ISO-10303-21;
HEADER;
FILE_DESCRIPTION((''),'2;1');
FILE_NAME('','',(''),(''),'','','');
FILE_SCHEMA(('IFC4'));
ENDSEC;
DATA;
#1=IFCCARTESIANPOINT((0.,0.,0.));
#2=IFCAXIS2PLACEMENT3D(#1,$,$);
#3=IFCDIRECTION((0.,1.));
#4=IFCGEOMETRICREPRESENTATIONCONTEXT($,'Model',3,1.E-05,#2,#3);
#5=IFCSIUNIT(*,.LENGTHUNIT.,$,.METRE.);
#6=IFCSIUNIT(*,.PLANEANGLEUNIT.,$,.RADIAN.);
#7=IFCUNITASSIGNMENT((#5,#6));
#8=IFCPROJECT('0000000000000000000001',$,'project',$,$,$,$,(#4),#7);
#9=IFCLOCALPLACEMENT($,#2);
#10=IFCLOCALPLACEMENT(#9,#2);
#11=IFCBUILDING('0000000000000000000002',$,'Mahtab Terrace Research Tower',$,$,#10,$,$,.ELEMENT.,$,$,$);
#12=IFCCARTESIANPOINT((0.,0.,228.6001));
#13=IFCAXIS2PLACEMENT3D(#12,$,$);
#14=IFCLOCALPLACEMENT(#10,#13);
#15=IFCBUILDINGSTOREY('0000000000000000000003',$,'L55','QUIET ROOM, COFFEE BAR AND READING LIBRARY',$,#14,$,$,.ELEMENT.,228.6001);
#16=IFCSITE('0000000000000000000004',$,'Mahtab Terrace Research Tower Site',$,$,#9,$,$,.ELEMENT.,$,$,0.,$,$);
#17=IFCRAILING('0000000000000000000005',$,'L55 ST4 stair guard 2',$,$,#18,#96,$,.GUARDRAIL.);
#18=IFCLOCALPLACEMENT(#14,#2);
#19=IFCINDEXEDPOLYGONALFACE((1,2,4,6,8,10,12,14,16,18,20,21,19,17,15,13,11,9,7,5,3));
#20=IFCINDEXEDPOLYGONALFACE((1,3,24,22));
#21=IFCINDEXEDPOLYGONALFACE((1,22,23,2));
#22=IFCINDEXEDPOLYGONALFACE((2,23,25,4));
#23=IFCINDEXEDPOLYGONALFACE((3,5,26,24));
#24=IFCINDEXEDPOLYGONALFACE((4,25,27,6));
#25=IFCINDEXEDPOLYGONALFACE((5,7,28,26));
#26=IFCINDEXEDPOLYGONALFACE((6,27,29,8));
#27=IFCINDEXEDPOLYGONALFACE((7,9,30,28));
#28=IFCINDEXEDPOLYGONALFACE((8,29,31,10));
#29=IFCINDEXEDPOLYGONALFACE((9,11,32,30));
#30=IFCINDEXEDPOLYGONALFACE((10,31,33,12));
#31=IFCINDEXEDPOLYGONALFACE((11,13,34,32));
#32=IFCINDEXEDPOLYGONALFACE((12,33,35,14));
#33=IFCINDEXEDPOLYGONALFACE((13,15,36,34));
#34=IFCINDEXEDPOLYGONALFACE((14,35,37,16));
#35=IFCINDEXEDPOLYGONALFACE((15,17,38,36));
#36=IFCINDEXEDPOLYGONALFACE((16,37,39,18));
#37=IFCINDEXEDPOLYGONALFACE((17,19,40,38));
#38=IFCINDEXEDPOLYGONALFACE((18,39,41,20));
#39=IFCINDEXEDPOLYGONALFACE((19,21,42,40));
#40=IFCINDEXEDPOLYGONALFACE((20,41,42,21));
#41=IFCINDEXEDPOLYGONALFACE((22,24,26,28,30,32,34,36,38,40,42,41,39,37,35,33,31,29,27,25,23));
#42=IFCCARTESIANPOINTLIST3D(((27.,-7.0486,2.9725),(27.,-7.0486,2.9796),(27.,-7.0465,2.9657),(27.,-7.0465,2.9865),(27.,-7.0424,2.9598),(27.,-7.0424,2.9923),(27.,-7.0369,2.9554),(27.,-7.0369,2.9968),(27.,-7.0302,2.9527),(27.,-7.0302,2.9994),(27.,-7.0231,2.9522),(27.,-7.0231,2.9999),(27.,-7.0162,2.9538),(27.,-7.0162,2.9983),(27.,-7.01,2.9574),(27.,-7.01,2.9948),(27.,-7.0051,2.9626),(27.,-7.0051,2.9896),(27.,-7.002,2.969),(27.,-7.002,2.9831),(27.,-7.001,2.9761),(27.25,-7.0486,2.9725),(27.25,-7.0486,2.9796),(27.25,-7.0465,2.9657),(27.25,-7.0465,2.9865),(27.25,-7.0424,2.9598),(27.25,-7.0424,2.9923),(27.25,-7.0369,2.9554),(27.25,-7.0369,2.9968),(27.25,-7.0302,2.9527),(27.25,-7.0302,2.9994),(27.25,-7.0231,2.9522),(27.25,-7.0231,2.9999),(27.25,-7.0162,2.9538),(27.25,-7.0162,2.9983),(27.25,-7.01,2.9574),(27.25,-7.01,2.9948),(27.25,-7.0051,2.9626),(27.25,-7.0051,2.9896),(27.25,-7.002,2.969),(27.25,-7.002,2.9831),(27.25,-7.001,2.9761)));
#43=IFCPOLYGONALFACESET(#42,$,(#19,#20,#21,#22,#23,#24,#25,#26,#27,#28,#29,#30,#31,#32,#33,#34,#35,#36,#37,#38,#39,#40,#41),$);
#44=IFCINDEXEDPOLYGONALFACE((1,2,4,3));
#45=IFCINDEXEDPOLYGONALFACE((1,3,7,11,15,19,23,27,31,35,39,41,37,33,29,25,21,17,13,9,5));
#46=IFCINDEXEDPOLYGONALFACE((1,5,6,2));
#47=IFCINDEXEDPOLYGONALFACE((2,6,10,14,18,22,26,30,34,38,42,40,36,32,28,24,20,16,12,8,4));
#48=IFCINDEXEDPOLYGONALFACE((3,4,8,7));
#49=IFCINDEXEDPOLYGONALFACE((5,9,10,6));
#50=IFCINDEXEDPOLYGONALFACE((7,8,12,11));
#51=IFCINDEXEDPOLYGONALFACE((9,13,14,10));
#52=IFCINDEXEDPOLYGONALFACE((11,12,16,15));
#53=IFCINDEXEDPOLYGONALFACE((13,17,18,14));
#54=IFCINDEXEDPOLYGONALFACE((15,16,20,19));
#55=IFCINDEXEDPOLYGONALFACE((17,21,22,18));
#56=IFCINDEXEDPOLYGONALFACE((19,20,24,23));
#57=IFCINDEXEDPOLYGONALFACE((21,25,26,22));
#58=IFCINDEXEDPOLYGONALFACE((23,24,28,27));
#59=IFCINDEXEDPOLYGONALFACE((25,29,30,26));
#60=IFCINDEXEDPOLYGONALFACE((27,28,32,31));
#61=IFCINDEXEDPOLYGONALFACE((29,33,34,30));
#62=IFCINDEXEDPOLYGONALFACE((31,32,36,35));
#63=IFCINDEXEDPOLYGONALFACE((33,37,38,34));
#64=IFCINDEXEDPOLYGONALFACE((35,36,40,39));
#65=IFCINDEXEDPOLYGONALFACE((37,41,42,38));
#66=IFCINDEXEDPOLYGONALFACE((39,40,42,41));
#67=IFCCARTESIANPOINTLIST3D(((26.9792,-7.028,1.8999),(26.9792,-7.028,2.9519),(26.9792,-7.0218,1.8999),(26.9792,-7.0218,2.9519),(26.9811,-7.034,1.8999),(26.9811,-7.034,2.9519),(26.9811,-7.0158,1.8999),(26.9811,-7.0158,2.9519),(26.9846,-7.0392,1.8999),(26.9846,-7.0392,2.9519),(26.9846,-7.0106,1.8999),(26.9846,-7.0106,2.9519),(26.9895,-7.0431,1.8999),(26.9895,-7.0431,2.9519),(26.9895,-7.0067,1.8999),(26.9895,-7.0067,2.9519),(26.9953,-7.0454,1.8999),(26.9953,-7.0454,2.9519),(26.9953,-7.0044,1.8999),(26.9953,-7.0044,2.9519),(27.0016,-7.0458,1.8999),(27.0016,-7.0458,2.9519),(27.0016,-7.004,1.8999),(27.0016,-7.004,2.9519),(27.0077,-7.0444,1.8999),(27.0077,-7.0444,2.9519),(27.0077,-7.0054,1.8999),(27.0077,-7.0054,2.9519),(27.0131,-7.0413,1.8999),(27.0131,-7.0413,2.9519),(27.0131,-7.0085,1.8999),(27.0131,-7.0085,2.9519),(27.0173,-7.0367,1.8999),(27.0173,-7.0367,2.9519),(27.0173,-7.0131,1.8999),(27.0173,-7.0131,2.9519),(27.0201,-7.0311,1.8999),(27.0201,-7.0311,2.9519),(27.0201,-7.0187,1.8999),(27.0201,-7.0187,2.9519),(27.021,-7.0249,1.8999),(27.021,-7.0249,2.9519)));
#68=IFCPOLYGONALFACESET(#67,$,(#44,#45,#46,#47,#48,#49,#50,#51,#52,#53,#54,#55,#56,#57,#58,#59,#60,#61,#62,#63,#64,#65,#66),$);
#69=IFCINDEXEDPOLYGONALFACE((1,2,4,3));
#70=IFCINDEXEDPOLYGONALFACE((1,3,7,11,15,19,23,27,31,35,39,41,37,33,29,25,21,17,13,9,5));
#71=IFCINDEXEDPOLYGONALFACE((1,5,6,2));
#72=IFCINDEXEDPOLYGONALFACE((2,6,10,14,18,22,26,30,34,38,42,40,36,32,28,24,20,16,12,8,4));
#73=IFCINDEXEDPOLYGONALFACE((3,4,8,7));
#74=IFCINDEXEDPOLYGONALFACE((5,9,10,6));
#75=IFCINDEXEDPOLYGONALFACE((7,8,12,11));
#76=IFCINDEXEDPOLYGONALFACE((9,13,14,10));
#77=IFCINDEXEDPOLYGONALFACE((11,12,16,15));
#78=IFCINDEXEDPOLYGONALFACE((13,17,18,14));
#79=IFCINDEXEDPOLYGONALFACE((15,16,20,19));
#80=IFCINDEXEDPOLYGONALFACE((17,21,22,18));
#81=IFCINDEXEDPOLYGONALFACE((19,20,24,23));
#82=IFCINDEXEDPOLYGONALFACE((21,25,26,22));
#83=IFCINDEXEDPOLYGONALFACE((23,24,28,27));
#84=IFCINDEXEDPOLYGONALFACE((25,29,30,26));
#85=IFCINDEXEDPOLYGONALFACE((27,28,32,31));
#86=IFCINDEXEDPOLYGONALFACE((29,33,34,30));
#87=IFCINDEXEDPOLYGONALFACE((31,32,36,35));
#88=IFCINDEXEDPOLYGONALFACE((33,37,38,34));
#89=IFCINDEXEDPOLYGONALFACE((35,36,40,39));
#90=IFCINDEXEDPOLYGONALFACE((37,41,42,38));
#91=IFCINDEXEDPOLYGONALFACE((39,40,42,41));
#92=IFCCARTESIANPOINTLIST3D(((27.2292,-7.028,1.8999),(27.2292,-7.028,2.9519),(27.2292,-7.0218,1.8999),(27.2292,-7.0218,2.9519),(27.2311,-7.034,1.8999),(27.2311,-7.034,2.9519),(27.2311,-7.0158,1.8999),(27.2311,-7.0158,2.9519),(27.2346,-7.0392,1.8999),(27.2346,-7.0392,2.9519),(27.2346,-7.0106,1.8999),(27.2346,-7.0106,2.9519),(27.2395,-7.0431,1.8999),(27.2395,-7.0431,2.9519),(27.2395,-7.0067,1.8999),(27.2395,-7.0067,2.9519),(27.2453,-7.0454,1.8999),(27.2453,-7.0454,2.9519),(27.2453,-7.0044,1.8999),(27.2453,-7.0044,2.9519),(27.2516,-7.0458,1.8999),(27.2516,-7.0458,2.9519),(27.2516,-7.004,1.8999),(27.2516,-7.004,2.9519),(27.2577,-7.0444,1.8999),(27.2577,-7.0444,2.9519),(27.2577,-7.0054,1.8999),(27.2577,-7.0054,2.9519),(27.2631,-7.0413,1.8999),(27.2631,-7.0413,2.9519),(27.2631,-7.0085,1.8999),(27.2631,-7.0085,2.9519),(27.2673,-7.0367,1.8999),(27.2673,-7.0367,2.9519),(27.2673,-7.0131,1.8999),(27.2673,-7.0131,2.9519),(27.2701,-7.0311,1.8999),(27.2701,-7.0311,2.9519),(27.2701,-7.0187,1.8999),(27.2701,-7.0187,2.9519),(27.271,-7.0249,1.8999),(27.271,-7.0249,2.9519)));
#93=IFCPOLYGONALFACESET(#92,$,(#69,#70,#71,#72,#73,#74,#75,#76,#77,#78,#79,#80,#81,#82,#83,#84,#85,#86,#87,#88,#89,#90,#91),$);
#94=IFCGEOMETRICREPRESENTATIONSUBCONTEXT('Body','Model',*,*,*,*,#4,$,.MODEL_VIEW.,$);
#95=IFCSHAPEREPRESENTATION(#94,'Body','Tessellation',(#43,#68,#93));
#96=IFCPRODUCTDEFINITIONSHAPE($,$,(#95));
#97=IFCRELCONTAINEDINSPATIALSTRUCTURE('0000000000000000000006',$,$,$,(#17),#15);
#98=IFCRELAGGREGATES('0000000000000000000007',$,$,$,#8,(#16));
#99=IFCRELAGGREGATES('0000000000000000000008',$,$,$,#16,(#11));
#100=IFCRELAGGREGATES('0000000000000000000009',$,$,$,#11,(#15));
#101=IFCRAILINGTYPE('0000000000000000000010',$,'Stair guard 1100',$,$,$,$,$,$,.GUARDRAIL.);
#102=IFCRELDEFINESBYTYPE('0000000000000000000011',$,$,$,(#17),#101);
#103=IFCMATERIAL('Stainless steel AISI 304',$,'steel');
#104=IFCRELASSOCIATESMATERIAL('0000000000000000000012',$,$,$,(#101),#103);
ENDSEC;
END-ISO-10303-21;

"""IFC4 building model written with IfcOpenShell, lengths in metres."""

from ifc_helpers import new_model, si_unit, direction, frame, origin, origin_2d, place, context, subcontext, project, spatial, circle, extrude, material, type_object, element, save


model = new_model("IFC4")

# Units and contexts
model_context = context("Model", 3, precision=1e-05, world=origin(), true_north=direction((0.0, 1.0)))
body_context = subcontext(model_context, "Body", "Model", "MODEL_VIEW")
ifc_project = project(units=[si_unit("LENGTHUNIT", "METRE"), si_unit("PLANEANGLEUNIT", "RADIAN")], contexts=[model_context])

# Site, building, storey
site_placement = place(None, origin())
site = spatial("IfcSite", under=ifc_project, at=site_placement, Name="Mahtab Terrace Research Tower Site", CompositionType="ELEMENT", RefElevation=0.0)
building_placement = place(site_placement, origin())
building = spatial("IfcBuilding", under=site, at=building_placement, Name="Mahtab Terrace Research Tower", CompositionType="ELEMENT")
storey_placement = place(building_placement, frame((0.0, 0.0, 228.6001)))
storey = spatial("IfcBuildingStorey", under=building, at=storey_placement, Name="L55", Description="QUIET ROOM, COFFEE BAR AND READING LIBRARY", CompositionType="ELEMENT", Elevation=228.6001)

# Railing
ifc_material_1 = material(Name="Stainless steel AISI 304", Category="steel")
railing_type_1 = type_object("IfcRailingType", Name="Stair guard 1100", PredefinedType="GUARDRAIL", material=ifc_material_1)
railing_1_placement = place(storey_placement, frame((27.0, -7.0249, 1.8999)))
element("IfcRailing", 1, at=railing_1_placement, inside=storey, type_object=railing_type_1, Name="L55 ST4 stair guard 2", PredefinedType="GUARDRAIL", context=body_context, shape_type="SweptSolid", body=[
    extrude(circle(Radius=0.0239, at=origin_2d()), frame((0.0, 0.0, 1.0762), z_axis=(1.0, 0.0, 0.0), x_axis=(0.0, 1.0, 0.0)), (0.0, 0.0, 1.0), 0.25),
    extrude(circle(Radius=0.021, at=origin_2d()), origin(), (0.0, 0.0, 1.0), 1.052),
    extrude(circle(Radius=0.021, at=origin_2d()), frame((0.25, 0.0, 0.0)), (0.0, 0.0, 1.0), 1.052),
])

save(model, "model.ifc")
